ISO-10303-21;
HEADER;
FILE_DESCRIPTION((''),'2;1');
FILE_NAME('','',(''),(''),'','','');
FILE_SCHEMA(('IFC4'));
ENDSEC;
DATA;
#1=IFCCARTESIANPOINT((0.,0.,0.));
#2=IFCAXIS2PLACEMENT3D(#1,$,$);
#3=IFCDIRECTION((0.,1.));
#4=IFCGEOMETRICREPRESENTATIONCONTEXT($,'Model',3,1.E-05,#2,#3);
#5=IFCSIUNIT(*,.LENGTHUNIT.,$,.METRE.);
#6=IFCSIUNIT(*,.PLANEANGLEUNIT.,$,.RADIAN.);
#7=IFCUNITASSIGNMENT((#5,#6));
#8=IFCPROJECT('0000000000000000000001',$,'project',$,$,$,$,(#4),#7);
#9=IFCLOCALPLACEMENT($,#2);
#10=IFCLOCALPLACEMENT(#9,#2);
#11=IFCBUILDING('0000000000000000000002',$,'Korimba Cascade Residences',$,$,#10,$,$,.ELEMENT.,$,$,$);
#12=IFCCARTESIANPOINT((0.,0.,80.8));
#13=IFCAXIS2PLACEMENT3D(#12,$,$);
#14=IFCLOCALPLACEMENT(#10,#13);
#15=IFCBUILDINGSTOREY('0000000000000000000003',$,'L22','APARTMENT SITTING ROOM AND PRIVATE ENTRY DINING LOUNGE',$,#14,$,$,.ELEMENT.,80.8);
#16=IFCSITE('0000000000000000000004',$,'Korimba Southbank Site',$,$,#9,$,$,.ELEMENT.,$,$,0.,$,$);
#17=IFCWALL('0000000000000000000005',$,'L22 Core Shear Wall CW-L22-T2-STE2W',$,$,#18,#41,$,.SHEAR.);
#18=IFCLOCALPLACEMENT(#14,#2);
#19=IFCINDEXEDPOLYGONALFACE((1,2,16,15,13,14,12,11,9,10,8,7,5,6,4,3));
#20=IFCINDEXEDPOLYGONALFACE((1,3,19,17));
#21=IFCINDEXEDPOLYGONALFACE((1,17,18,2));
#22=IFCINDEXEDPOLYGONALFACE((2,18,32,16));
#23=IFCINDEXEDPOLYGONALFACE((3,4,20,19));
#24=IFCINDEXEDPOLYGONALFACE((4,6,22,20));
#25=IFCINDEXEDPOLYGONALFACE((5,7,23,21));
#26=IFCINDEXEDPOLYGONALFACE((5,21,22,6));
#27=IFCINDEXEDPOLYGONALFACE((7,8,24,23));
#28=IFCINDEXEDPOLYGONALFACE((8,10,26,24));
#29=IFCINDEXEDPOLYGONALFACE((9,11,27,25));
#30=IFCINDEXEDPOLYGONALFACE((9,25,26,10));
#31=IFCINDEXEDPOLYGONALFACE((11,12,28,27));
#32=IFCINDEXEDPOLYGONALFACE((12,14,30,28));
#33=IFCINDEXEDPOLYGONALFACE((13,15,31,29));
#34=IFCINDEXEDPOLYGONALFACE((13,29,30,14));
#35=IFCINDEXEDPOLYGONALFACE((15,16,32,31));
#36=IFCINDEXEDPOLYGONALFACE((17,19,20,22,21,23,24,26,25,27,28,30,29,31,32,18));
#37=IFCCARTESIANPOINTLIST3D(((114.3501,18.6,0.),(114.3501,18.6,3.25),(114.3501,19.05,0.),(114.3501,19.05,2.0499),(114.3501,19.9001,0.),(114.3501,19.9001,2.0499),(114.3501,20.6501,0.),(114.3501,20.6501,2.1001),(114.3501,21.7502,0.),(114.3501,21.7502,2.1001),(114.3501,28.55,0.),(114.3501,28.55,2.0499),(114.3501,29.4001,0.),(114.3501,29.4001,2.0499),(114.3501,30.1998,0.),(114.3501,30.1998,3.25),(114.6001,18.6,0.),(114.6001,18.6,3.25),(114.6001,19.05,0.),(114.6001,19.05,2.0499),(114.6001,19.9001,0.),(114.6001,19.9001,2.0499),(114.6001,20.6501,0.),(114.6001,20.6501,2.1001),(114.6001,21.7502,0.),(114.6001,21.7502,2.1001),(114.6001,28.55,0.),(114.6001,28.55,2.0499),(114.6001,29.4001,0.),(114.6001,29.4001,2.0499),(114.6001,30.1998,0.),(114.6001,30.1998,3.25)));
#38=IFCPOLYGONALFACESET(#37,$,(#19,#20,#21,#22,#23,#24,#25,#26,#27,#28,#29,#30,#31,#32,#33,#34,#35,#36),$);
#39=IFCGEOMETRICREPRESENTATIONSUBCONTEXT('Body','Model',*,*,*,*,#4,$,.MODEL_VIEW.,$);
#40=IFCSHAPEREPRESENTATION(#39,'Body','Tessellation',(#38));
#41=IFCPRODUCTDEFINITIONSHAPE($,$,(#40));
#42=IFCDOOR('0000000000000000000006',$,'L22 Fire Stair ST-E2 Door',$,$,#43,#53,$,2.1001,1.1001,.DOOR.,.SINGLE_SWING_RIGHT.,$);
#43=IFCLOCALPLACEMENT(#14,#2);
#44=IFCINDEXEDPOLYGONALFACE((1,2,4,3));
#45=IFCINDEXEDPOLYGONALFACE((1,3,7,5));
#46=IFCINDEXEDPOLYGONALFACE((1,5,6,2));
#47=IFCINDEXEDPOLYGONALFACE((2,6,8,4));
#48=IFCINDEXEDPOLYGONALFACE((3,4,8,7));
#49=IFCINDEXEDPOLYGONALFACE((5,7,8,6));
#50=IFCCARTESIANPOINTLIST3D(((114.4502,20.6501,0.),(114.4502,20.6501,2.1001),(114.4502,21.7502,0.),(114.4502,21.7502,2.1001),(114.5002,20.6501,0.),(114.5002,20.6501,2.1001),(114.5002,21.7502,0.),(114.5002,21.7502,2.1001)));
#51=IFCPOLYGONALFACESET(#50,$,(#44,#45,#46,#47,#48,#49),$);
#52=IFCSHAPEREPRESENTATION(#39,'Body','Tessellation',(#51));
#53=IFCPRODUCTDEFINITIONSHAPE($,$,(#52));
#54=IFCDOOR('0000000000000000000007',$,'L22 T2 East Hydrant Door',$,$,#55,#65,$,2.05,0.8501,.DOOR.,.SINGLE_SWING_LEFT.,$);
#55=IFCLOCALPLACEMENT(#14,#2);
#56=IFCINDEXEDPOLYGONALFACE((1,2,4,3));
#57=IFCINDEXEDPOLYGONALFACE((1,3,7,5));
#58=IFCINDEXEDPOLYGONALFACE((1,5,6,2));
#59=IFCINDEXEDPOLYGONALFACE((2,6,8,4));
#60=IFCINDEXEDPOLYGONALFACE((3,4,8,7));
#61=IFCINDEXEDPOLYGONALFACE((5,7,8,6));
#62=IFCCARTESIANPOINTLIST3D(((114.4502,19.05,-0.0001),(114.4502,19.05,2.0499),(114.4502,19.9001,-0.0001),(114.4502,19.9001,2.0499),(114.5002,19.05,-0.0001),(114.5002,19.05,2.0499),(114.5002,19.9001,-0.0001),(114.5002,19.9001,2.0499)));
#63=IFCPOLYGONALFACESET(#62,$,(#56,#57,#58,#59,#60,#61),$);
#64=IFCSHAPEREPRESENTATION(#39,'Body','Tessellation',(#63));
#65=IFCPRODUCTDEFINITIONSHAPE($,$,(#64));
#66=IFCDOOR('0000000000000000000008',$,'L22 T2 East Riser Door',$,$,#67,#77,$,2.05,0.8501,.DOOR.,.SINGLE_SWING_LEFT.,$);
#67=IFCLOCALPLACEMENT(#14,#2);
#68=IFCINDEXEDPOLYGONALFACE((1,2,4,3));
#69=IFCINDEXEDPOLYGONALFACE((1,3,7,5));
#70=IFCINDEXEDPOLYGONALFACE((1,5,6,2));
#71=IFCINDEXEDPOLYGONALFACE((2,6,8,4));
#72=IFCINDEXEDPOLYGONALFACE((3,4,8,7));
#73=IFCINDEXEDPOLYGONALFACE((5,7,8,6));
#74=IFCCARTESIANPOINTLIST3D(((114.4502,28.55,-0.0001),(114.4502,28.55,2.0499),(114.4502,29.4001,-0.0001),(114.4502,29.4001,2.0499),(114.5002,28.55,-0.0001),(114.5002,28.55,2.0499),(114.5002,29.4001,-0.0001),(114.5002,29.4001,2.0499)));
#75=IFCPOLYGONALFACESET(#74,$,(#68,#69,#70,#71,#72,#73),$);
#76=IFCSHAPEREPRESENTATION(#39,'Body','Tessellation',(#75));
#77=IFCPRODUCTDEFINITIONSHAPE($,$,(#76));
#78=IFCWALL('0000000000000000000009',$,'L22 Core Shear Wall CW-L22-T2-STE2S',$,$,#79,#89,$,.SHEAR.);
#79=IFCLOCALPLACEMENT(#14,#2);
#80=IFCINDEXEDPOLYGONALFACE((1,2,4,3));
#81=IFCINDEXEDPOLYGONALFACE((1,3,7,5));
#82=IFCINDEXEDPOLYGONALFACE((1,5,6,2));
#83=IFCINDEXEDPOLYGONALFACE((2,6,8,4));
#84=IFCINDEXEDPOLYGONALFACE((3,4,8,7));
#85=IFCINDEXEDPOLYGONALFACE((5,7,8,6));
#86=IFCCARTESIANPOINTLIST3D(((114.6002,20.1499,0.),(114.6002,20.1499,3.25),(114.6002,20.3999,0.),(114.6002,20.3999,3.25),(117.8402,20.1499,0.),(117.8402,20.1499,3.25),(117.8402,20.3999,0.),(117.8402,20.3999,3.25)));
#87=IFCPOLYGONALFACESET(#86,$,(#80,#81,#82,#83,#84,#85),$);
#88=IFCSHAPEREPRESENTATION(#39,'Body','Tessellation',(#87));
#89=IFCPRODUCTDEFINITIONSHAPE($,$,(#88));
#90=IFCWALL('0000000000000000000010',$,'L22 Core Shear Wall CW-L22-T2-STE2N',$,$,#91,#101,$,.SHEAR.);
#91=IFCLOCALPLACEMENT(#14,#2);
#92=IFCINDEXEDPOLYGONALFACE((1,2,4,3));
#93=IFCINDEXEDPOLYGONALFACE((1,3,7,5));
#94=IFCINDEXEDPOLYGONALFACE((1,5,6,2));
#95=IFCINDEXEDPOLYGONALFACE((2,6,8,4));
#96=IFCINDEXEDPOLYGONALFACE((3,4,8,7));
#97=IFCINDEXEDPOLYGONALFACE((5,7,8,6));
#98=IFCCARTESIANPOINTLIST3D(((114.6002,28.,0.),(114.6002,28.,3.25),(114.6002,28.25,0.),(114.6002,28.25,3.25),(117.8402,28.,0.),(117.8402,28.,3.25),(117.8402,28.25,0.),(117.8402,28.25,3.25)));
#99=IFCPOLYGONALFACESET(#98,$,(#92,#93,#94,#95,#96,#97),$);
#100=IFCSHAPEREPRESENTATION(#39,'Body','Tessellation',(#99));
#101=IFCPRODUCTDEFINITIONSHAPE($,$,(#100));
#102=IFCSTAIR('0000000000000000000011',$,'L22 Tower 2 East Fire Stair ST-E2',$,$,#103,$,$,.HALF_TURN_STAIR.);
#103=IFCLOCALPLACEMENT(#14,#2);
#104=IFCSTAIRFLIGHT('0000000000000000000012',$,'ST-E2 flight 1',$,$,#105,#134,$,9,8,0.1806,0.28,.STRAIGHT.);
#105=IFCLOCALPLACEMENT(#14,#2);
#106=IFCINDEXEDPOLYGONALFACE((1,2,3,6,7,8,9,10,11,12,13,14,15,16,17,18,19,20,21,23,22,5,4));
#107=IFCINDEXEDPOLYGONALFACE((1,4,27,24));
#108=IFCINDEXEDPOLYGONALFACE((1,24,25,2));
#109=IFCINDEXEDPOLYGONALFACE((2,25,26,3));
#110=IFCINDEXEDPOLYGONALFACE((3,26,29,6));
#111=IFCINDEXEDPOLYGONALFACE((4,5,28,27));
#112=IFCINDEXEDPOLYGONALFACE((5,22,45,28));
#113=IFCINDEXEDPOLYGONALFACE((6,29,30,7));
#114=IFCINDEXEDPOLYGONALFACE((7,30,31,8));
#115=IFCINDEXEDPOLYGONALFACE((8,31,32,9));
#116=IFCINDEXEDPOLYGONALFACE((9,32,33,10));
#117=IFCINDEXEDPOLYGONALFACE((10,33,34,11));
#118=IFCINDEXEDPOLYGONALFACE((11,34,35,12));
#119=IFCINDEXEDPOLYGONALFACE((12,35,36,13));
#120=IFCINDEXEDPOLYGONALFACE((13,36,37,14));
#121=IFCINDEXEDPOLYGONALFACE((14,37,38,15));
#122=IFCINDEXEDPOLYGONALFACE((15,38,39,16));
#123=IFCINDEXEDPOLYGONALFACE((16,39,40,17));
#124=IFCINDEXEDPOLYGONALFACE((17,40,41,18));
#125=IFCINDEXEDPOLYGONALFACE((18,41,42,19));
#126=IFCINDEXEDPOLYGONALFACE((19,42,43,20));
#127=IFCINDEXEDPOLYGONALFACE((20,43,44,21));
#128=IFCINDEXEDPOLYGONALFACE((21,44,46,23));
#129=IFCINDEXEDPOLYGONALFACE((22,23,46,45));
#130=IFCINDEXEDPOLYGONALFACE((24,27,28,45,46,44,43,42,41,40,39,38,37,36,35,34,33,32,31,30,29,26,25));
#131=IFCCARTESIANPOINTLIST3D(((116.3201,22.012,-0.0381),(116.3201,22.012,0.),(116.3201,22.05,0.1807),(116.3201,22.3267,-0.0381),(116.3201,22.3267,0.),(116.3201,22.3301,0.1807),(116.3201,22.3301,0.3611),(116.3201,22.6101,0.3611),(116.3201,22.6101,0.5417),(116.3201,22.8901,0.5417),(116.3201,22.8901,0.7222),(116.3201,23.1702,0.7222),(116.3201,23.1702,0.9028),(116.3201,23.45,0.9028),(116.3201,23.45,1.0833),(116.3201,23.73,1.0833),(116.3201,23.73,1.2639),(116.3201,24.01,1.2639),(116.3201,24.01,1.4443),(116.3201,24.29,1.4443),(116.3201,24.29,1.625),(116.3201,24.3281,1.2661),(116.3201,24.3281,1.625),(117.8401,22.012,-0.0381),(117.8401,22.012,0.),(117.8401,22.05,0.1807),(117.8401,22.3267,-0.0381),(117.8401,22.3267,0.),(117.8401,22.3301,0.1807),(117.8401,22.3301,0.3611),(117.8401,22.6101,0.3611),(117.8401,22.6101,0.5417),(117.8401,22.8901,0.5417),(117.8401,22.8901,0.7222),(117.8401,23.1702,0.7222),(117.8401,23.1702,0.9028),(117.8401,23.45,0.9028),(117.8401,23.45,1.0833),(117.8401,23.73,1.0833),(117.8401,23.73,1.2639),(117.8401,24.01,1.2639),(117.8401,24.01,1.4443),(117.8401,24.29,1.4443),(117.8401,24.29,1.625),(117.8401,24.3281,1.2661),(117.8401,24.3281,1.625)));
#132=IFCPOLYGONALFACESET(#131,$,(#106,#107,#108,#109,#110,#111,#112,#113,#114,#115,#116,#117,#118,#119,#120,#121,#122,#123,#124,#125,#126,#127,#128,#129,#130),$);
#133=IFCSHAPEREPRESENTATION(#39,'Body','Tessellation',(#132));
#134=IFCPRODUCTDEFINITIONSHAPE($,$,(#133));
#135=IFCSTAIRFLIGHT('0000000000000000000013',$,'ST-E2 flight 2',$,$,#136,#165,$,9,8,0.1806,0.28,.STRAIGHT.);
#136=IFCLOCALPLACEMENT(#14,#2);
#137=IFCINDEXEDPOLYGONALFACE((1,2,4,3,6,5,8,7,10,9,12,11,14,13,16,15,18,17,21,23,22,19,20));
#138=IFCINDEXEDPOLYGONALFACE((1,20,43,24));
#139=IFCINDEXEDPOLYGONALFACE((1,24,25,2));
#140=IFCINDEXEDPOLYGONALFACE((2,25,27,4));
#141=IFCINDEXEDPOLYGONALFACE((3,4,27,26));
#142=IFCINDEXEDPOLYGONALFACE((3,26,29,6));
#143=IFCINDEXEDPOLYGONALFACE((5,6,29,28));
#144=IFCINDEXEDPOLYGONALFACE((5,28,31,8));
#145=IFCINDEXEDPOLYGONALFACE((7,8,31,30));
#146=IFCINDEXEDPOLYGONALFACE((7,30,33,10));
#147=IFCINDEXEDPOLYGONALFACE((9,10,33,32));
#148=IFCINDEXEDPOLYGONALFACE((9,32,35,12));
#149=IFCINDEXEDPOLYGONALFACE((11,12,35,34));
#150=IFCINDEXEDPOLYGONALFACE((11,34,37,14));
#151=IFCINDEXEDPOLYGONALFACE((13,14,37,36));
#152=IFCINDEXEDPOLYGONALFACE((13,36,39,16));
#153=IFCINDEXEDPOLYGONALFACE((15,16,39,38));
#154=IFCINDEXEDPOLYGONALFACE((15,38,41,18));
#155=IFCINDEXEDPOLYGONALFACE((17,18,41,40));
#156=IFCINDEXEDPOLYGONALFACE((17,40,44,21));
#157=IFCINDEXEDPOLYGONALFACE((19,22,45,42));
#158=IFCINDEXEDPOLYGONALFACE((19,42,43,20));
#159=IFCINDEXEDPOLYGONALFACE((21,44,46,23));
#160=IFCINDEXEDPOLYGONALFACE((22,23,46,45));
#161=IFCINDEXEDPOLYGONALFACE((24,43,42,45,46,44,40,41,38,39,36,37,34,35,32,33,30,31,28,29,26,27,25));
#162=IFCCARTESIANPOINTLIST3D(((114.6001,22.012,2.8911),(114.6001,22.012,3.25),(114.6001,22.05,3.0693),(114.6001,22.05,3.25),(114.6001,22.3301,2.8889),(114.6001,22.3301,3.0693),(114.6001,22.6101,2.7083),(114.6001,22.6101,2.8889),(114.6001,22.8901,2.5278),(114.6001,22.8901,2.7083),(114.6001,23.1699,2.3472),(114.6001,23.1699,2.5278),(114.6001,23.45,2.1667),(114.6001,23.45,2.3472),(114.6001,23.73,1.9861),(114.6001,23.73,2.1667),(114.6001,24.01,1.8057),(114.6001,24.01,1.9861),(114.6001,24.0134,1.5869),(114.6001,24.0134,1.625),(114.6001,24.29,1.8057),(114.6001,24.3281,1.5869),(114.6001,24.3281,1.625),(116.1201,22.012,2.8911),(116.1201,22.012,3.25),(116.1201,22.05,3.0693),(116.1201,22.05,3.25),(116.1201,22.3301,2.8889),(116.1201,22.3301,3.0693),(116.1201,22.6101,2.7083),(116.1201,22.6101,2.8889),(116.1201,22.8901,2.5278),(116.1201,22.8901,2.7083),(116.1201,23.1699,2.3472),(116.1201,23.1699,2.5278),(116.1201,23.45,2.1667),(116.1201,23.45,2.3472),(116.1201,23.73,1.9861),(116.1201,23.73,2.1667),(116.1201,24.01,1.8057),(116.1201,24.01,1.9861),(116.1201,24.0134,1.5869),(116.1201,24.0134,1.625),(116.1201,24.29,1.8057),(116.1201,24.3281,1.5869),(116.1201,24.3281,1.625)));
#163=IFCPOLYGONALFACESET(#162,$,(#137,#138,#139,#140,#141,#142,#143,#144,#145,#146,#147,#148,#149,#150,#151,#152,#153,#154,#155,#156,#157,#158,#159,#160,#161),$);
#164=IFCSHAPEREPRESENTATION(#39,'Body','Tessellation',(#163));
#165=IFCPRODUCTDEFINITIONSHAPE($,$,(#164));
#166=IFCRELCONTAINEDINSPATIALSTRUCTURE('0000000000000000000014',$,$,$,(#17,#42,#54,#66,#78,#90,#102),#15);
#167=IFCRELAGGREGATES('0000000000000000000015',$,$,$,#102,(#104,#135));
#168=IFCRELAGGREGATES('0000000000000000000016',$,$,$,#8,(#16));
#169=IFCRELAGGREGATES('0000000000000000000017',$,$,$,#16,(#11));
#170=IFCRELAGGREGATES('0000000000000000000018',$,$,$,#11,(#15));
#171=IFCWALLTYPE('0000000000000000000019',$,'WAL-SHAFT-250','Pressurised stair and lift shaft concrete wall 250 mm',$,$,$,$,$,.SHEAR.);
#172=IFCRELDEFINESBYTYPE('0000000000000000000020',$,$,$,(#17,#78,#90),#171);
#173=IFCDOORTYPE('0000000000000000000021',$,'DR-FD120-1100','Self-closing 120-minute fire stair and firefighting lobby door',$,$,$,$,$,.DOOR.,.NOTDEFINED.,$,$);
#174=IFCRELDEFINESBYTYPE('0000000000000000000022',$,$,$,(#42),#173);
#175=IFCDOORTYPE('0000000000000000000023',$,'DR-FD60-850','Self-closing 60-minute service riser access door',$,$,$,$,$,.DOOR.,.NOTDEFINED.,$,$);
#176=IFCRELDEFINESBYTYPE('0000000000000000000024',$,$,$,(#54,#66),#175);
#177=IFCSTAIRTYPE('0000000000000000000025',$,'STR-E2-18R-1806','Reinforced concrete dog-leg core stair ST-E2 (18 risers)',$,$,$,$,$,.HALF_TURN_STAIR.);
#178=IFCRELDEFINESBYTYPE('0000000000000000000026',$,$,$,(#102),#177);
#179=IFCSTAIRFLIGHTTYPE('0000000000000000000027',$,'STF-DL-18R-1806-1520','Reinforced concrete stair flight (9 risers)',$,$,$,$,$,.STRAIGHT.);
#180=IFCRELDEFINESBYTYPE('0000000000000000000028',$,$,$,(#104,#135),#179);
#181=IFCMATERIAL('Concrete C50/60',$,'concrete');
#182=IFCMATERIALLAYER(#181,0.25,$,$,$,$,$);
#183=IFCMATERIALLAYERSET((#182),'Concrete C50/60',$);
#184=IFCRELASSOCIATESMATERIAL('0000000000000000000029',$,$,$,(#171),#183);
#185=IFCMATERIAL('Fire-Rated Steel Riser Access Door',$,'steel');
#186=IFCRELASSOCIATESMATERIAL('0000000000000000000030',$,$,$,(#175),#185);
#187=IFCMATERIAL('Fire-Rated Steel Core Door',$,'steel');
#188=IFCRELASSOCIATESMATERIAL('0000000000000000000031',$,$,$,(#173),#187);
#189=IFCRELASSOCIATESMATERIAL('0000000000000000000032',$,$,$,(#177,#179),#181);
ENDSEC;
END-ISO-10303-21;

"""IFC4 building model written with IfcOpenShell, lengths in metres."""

from ifc_helpers import new_model, si_unit, direction, frame, frame_2d, origin, place, context, subcontext, project, spatial, polyline, rectangle, outline, extrude, material, layer, layer_set, type_object, element, fill, aggregate, save


model = new_model("IFC4")

# Units and contexts
model_context = context("Model", 3, precision=1e-05, world=origin(), true_north=direction((0.0, 1.0)))
body_context = subcontext(model_context, "Body", "Model", "MODEL_VIEW")
ifc_project = project(units=[si_unit("LENGTHUNIT", "METRE"), si_unit("PLANEANGLEUNIT", "RADIAN")], contexts=[model_context])

# Site, building, storey
site_placement = place(None, origin())
site = spatial("IfcSite", under=ifc_project, at=site_placement, Name="Korimba Southbank Site", CompositionType="ELEMENT", RefElevation=0.0)
building_placement = place(site_placement, origin())
building = spatial("IfcBuilding", under=site, at=building_placement, Name="Korimba Cascade Residences", CompositionType="ELEMENT")
storey_placement = place(building_placement, frame((0.0, 0.0, 80.8)))
storey = spatial("IfcBuildingStorey", under=building, at=storey_placement, Name="L22", Description="APARTMENT SITTING ROOM AND PRIVATE ENTRY DINING LOUNGE", CompositionType="ELEMENT", Elevation=80.8)

# Shared definitions
ifc_material_1 = material(Name="Concrete C50/60", Category="concrete")
ifc_layer_1 = layer(ifc_material_1, 0.25)
ifc_layer_set_1 = layer_set([ifc_layer_1], Name="Concrete C50/60")
wall_type_1 = type_object("IfcWallType", Name="WAL-SHAFT-250", Description="Pressurised stair and lift shaft concrete wall 250 mm", PredefinedType="SHEAR", material=ifc_layer_set_1)

# Shared definitions
ifc_material_2 = material(Name="Fire-Rated Steel Riser Access Door", Category="steel")
door_type_1 = type_object("IfcDoorType", Name="DR-FD60-850", Description="Self-closing 60-minute service riser access door", OperationType="NOTDEFINED", PredefinedType="DOOR", material=ifc_material_2)

# Wall, openings, doors
wall_1_placement = place(storey_placement, frame((114.4751, 18.6001, 0.0), z_axis=(0.0, 0.0, 1.0), x_axis=(0.0, 1.0, 0.0)))
wall_1 = element("IfcWall", 1, at=wall_1_placement, inside=storey, type_object=wall_type_1, Name="L22 Core Shear Wall CW-L22-T2-STE2W", PredefinedType="SHEAR", context=body_context, shape_type="SweptSolid", body=[
    extrude(rectangle(XDim=11.5999, YDim=0.25, at=frame_2d((5.7998, 0.0))), origin(), (0.0, 0.0, 1.0), 3.25),
])
opening_1_placement = place(wall_1_placement, frame((0.45, 0.0, 0.0)))
opening_1 = element("IfcOpeningElement", 2, at=opening_1_placement, cuts=wall_1, PredefinedType="OPENING", context=body_context, shape_type="SweptSolid", body=[
    extrude(rectangle(XDim=0.8501, YDim=2.05, at=frame_2d((0.425, 1.0249))), frame((0.0, 0.135, 0.0), z_axis=(0.0, -1.0, 0.0), x_axis=(1.0, 0.0, 0.0)), (0.0, 0.0, 1.0), 0.27),
])
opening_2_placement = place(wall_1_placement, frame((2.05, 0.0, 0.0)))
opening_2 = element("IfcOpeningElement", 3, at=opening_2_placement, cuts=wall_1, PredefinedType="OPENING", context=body_context, shape_type="SweptSolid", body=[
    extrude(rectangle(XDim=1.1001, YDim=2.1001, at=frame_2d((0.55, 1.05))), frame((0.0, 0.135, 0.0), z_axis=(0.0, -1.0, 0.0), x_axis=(1.0, 0.0, 0.0)), (0.0, 0.0, 1.0), 0.27),
])
opening_3_placement = place(wall_1_placement, frame((9.95, 0.0, 0.0)))
opening_3 = element("IfcOpeningElement", 4, at=opening_3_placement, cuts=wall_1, PredefinedType="OPENING", context=body_context, shape_type="SweptSolid", body=[
    extrude(rectangle(XDim=0.8501, YDim=2.05, at=frame_2d((0.425, 1.0249))), frame((0.0, 0.135, 0.0), z_axis=(0.0, -1.0, 0.0), x_axis=(1.0, 0.0, 0.0)), (0.0, 0.0, 1.0), 0.27),
])
ifc_material_3 = material(Name="Fire-Rated Steel Core Door", Category="steel")
door_type_2 = type_object("IfcDoorType", Name="DR-FD120-1100", Description="Self-closing 120-minute fire stair and firefighting lobby door", OperationType="NOTDEFINED", PredefinedType="DOOR", material=ifc_material_3)
door_1_placement = place(opening_2_placement, origin())
door_1 = element("IfcDoor", 5, at=door_1_placement, inside=storey, type_object=door_type_2, Name="L22 Fire Stair ST-E2 Door", OperationType="SINGLE_SWING_RIGHT", OverallHeight=2.1001, OverallWidth=1.1001, PredefinedType="DOOR", context=body_context, shape_type="SweptSolid", body=[
    extrude(rectangle(XDim=1.1001, YDim=2.1001, at=frame_2d((0.55, 1.05))), frame((0.0, 0.0249, 0.0), z_axis=(0.0, -1.0, 0.0), x_axis=(1.0, 0.0, 0.0)), (0.0, 0.0, 1.0), 0.05),
])
fill(opening_2, door_1)
door_2_placement = place(opening_1_placement, origin())
door_2 = element("IfcDoor", 6, at=door_2_placement, inside=storey, type_object=door_type_1, Name="L22 T2 East Hydrant Door", OperationType="SINGLE_SWING_LEFT", OverallHeight=2.05, OverallWidth=0.8501, PredefinedType="DOOR", context=body_context, shape_type="SweptSolid", body=[
    extrude(rectangle(XDim=0.8501, YDim=2.05, at=frame_2d((0.425, 1.0249))), frame((0.0, 0.0249, 0.0), z_axis=(0.0, -1.0, 0.0), x_axis=(1.0, 0.0, 0.0)), (0.0, 0.0, 1.0), 0.05),
])
fill(opening_1, door_2)
door_3_placement = place(opening_3_placement, origin())
door_3 = element("IfcDoor", 7, at=door_3_placement, inside=storey, type_object=door_type_1, Name="L22 T2 East Riser Door", OperationType="SINGLE_SWING_LEFT", OverallHeight=2.05, OverallWidth=0.8501, PredefinedType="DOOR", context=body_context, shape_type="SweptSolid", body=[
    extrude(rectangle(XDim=0.8501, YDim=2.05, at=frame_2d((0.425, 1.0249))), frame((0.0, 0.0249, 0.0), z_axis=(0.0, -1.0, 0.0), x_axis=(1.0, 0.0, 0.0)), (0.0, 0.0, 1.0), 0.05),
])
fill(opening_3, door_3)

# Walls
for number, where, z_axis, x_axis, name in (
    (8, (114.6001, 20.2749, 0.0), (0.0, 0.0, 1.0), (1.0, 0.0, 0.0), "L22 Core Shear Wall CW-L22-T2-STE2S"),
    (9, (114.6001, 28.125, 0.0), (0.0, 0.0, 1.0), (1.0, 0.0, 0.0), "L22 Core Shear Wall CW-L22-T2-STE2N"),
):
    element("IfcWall", number, at=place(storey_placement, frame(where, z_axis=z_axis, x_axis=x_axis)), inside=storey, type_object=wall_type_1, Name=name, PredefinedType="SHEAR", context=body_context, shape_type="SweptSolid", body=[
        extrude(rectangle(XDim=3.24, YDim=0.25, at=frame_2d((1.6201, 0.0))), origin(), (0.0, 0.0, 1.0), 3.25),
    ])

# Stair, stair flights
stair_type = type_object("IfcStairType", Name="STR-E2-18R-1806", Description="Reinforced concrete dog-leg core stair ST-E2 (18 risers)", PredefinedType="HALF_TURN_STAIR", material=ifc_material_1)
stair_placement = place(storey_placement, origin())
stair = element("IfcStair", 10, at=stair_placement, inside=storey, type_object=stair_type, Name="L22 Tower 2 East Fire Stair ST-E2", PredefinedType="HALF_TURN_STAIR")
stair_flight_type = type_object("IfcStairFlightType", Name="STF-DL-18R-1806-1520", Description="Reinforced concrete stair flight (9 risers)", PredefinedType="STRAIGHT", material=ifc_material_1)
stair_flight_1_placement = place(storey_placement, frame((117.0801, 22.05, 0.0), z_axis=(0.0, 0.0, 1.0), x_axis=(0.0, 1.0, 0.0)))
stair_flight_1 = element("IfcStairFlight", 11, at=stair_flight_1_placement, type_object=stair_flight_type, Name="ST-E2 flight 1", NumberOfRisers=9, NumberOfTreads=8, PredefinedType="STRAIGHT", RiserHeight=0.1806, TreadLength=0.28, context=body_context, shape_type="SweptSolid", body=[
    extrude(outline(polyline([(-0.0381, 0.0), (0.0, 0.1807), (0.28, 0.1807), (0.28, 0.3611), (0.5601, 0.3611), (0.5601, 0.5417), (0.8401, 0.5417), (0.8401, 0.7222), (1.1201, 0.7222), (1.1201, 0.9028), (1.3999, 0.9028), (1.3999, 1.0833), (1.6799, 1.0833), (1.6799, 1.2639), (1.96, 1.2639), (1.96, 1.4443), (2.24, 1.4443), (2.24, 1.625), (2.2781, 1.625), (2.2781, 1.2661), (0.2766, 0.0), (0.2766, -0.0381), (-0.0381, -0.0381), (-0.0381, 0.0)])), frame((0.0, 0.76, 0.0), z_axis=(0.0, -1.0, 0.0), x_axis=(1.0, 0.0, 0.0)), (0.0, 0.0, 1.0), 1.52),
])
stair_flight_2_placement = place(storey_placement, frame((115.3601, 24.29, 1.625), z_axis=(0.0, 0.0, 1.0), x_axis=(0.0, -1.0, 0.0)))
stair_flight_2 = element("IfcStairFlight", 12, at=stair_flight_2_placement, type_object=stair_flight_type, Name="ST-E2 flight 2", NumberOfRisers=9, NumberOfTreads=8, PredefinedType="STRAIGHT", RiserHeight=0.1806, TreadLength=0.28, context=body_context, shape_type="SweptSolid", body=[
    extrude(outline(polyline([(-0.0381, 0.0), (0.0, 0.1807), (0.28, 0.1807), (0.28, 0.3611), (0.5601, 0.3611), (0.5601, 0.5417), (0.8401, 0.5417), (0.8401, 0.7222), (1.1201, 0.7222), (1.1201, 0.9028), (1.3999, 0.9028), (1.3999, 1.0833), (1.6799, 1.0833), (1.6799, 1.2639), (1.96, 1.2639), (1.96, 1.4443), (2.24, 1.4443), (2.24, 1.625), (2.2781, 1.625), (2.2781, 1.2661), (0.2766, 0.0), (0.2766, -0.0381), (-0.0381, -0.0381), (-0.0381, 0.0)])), frame((0.0, 0.76, 0.0), z_axis=(0.0, -1.0, 0.0), x_axis=(1.0, 0.0, 0.0)), (0.0, 0.0, 1.0), 1.52),
])
aggregate(stair, [stair_flight_1, stair_flight_2])

save(model, "model.ifc")
